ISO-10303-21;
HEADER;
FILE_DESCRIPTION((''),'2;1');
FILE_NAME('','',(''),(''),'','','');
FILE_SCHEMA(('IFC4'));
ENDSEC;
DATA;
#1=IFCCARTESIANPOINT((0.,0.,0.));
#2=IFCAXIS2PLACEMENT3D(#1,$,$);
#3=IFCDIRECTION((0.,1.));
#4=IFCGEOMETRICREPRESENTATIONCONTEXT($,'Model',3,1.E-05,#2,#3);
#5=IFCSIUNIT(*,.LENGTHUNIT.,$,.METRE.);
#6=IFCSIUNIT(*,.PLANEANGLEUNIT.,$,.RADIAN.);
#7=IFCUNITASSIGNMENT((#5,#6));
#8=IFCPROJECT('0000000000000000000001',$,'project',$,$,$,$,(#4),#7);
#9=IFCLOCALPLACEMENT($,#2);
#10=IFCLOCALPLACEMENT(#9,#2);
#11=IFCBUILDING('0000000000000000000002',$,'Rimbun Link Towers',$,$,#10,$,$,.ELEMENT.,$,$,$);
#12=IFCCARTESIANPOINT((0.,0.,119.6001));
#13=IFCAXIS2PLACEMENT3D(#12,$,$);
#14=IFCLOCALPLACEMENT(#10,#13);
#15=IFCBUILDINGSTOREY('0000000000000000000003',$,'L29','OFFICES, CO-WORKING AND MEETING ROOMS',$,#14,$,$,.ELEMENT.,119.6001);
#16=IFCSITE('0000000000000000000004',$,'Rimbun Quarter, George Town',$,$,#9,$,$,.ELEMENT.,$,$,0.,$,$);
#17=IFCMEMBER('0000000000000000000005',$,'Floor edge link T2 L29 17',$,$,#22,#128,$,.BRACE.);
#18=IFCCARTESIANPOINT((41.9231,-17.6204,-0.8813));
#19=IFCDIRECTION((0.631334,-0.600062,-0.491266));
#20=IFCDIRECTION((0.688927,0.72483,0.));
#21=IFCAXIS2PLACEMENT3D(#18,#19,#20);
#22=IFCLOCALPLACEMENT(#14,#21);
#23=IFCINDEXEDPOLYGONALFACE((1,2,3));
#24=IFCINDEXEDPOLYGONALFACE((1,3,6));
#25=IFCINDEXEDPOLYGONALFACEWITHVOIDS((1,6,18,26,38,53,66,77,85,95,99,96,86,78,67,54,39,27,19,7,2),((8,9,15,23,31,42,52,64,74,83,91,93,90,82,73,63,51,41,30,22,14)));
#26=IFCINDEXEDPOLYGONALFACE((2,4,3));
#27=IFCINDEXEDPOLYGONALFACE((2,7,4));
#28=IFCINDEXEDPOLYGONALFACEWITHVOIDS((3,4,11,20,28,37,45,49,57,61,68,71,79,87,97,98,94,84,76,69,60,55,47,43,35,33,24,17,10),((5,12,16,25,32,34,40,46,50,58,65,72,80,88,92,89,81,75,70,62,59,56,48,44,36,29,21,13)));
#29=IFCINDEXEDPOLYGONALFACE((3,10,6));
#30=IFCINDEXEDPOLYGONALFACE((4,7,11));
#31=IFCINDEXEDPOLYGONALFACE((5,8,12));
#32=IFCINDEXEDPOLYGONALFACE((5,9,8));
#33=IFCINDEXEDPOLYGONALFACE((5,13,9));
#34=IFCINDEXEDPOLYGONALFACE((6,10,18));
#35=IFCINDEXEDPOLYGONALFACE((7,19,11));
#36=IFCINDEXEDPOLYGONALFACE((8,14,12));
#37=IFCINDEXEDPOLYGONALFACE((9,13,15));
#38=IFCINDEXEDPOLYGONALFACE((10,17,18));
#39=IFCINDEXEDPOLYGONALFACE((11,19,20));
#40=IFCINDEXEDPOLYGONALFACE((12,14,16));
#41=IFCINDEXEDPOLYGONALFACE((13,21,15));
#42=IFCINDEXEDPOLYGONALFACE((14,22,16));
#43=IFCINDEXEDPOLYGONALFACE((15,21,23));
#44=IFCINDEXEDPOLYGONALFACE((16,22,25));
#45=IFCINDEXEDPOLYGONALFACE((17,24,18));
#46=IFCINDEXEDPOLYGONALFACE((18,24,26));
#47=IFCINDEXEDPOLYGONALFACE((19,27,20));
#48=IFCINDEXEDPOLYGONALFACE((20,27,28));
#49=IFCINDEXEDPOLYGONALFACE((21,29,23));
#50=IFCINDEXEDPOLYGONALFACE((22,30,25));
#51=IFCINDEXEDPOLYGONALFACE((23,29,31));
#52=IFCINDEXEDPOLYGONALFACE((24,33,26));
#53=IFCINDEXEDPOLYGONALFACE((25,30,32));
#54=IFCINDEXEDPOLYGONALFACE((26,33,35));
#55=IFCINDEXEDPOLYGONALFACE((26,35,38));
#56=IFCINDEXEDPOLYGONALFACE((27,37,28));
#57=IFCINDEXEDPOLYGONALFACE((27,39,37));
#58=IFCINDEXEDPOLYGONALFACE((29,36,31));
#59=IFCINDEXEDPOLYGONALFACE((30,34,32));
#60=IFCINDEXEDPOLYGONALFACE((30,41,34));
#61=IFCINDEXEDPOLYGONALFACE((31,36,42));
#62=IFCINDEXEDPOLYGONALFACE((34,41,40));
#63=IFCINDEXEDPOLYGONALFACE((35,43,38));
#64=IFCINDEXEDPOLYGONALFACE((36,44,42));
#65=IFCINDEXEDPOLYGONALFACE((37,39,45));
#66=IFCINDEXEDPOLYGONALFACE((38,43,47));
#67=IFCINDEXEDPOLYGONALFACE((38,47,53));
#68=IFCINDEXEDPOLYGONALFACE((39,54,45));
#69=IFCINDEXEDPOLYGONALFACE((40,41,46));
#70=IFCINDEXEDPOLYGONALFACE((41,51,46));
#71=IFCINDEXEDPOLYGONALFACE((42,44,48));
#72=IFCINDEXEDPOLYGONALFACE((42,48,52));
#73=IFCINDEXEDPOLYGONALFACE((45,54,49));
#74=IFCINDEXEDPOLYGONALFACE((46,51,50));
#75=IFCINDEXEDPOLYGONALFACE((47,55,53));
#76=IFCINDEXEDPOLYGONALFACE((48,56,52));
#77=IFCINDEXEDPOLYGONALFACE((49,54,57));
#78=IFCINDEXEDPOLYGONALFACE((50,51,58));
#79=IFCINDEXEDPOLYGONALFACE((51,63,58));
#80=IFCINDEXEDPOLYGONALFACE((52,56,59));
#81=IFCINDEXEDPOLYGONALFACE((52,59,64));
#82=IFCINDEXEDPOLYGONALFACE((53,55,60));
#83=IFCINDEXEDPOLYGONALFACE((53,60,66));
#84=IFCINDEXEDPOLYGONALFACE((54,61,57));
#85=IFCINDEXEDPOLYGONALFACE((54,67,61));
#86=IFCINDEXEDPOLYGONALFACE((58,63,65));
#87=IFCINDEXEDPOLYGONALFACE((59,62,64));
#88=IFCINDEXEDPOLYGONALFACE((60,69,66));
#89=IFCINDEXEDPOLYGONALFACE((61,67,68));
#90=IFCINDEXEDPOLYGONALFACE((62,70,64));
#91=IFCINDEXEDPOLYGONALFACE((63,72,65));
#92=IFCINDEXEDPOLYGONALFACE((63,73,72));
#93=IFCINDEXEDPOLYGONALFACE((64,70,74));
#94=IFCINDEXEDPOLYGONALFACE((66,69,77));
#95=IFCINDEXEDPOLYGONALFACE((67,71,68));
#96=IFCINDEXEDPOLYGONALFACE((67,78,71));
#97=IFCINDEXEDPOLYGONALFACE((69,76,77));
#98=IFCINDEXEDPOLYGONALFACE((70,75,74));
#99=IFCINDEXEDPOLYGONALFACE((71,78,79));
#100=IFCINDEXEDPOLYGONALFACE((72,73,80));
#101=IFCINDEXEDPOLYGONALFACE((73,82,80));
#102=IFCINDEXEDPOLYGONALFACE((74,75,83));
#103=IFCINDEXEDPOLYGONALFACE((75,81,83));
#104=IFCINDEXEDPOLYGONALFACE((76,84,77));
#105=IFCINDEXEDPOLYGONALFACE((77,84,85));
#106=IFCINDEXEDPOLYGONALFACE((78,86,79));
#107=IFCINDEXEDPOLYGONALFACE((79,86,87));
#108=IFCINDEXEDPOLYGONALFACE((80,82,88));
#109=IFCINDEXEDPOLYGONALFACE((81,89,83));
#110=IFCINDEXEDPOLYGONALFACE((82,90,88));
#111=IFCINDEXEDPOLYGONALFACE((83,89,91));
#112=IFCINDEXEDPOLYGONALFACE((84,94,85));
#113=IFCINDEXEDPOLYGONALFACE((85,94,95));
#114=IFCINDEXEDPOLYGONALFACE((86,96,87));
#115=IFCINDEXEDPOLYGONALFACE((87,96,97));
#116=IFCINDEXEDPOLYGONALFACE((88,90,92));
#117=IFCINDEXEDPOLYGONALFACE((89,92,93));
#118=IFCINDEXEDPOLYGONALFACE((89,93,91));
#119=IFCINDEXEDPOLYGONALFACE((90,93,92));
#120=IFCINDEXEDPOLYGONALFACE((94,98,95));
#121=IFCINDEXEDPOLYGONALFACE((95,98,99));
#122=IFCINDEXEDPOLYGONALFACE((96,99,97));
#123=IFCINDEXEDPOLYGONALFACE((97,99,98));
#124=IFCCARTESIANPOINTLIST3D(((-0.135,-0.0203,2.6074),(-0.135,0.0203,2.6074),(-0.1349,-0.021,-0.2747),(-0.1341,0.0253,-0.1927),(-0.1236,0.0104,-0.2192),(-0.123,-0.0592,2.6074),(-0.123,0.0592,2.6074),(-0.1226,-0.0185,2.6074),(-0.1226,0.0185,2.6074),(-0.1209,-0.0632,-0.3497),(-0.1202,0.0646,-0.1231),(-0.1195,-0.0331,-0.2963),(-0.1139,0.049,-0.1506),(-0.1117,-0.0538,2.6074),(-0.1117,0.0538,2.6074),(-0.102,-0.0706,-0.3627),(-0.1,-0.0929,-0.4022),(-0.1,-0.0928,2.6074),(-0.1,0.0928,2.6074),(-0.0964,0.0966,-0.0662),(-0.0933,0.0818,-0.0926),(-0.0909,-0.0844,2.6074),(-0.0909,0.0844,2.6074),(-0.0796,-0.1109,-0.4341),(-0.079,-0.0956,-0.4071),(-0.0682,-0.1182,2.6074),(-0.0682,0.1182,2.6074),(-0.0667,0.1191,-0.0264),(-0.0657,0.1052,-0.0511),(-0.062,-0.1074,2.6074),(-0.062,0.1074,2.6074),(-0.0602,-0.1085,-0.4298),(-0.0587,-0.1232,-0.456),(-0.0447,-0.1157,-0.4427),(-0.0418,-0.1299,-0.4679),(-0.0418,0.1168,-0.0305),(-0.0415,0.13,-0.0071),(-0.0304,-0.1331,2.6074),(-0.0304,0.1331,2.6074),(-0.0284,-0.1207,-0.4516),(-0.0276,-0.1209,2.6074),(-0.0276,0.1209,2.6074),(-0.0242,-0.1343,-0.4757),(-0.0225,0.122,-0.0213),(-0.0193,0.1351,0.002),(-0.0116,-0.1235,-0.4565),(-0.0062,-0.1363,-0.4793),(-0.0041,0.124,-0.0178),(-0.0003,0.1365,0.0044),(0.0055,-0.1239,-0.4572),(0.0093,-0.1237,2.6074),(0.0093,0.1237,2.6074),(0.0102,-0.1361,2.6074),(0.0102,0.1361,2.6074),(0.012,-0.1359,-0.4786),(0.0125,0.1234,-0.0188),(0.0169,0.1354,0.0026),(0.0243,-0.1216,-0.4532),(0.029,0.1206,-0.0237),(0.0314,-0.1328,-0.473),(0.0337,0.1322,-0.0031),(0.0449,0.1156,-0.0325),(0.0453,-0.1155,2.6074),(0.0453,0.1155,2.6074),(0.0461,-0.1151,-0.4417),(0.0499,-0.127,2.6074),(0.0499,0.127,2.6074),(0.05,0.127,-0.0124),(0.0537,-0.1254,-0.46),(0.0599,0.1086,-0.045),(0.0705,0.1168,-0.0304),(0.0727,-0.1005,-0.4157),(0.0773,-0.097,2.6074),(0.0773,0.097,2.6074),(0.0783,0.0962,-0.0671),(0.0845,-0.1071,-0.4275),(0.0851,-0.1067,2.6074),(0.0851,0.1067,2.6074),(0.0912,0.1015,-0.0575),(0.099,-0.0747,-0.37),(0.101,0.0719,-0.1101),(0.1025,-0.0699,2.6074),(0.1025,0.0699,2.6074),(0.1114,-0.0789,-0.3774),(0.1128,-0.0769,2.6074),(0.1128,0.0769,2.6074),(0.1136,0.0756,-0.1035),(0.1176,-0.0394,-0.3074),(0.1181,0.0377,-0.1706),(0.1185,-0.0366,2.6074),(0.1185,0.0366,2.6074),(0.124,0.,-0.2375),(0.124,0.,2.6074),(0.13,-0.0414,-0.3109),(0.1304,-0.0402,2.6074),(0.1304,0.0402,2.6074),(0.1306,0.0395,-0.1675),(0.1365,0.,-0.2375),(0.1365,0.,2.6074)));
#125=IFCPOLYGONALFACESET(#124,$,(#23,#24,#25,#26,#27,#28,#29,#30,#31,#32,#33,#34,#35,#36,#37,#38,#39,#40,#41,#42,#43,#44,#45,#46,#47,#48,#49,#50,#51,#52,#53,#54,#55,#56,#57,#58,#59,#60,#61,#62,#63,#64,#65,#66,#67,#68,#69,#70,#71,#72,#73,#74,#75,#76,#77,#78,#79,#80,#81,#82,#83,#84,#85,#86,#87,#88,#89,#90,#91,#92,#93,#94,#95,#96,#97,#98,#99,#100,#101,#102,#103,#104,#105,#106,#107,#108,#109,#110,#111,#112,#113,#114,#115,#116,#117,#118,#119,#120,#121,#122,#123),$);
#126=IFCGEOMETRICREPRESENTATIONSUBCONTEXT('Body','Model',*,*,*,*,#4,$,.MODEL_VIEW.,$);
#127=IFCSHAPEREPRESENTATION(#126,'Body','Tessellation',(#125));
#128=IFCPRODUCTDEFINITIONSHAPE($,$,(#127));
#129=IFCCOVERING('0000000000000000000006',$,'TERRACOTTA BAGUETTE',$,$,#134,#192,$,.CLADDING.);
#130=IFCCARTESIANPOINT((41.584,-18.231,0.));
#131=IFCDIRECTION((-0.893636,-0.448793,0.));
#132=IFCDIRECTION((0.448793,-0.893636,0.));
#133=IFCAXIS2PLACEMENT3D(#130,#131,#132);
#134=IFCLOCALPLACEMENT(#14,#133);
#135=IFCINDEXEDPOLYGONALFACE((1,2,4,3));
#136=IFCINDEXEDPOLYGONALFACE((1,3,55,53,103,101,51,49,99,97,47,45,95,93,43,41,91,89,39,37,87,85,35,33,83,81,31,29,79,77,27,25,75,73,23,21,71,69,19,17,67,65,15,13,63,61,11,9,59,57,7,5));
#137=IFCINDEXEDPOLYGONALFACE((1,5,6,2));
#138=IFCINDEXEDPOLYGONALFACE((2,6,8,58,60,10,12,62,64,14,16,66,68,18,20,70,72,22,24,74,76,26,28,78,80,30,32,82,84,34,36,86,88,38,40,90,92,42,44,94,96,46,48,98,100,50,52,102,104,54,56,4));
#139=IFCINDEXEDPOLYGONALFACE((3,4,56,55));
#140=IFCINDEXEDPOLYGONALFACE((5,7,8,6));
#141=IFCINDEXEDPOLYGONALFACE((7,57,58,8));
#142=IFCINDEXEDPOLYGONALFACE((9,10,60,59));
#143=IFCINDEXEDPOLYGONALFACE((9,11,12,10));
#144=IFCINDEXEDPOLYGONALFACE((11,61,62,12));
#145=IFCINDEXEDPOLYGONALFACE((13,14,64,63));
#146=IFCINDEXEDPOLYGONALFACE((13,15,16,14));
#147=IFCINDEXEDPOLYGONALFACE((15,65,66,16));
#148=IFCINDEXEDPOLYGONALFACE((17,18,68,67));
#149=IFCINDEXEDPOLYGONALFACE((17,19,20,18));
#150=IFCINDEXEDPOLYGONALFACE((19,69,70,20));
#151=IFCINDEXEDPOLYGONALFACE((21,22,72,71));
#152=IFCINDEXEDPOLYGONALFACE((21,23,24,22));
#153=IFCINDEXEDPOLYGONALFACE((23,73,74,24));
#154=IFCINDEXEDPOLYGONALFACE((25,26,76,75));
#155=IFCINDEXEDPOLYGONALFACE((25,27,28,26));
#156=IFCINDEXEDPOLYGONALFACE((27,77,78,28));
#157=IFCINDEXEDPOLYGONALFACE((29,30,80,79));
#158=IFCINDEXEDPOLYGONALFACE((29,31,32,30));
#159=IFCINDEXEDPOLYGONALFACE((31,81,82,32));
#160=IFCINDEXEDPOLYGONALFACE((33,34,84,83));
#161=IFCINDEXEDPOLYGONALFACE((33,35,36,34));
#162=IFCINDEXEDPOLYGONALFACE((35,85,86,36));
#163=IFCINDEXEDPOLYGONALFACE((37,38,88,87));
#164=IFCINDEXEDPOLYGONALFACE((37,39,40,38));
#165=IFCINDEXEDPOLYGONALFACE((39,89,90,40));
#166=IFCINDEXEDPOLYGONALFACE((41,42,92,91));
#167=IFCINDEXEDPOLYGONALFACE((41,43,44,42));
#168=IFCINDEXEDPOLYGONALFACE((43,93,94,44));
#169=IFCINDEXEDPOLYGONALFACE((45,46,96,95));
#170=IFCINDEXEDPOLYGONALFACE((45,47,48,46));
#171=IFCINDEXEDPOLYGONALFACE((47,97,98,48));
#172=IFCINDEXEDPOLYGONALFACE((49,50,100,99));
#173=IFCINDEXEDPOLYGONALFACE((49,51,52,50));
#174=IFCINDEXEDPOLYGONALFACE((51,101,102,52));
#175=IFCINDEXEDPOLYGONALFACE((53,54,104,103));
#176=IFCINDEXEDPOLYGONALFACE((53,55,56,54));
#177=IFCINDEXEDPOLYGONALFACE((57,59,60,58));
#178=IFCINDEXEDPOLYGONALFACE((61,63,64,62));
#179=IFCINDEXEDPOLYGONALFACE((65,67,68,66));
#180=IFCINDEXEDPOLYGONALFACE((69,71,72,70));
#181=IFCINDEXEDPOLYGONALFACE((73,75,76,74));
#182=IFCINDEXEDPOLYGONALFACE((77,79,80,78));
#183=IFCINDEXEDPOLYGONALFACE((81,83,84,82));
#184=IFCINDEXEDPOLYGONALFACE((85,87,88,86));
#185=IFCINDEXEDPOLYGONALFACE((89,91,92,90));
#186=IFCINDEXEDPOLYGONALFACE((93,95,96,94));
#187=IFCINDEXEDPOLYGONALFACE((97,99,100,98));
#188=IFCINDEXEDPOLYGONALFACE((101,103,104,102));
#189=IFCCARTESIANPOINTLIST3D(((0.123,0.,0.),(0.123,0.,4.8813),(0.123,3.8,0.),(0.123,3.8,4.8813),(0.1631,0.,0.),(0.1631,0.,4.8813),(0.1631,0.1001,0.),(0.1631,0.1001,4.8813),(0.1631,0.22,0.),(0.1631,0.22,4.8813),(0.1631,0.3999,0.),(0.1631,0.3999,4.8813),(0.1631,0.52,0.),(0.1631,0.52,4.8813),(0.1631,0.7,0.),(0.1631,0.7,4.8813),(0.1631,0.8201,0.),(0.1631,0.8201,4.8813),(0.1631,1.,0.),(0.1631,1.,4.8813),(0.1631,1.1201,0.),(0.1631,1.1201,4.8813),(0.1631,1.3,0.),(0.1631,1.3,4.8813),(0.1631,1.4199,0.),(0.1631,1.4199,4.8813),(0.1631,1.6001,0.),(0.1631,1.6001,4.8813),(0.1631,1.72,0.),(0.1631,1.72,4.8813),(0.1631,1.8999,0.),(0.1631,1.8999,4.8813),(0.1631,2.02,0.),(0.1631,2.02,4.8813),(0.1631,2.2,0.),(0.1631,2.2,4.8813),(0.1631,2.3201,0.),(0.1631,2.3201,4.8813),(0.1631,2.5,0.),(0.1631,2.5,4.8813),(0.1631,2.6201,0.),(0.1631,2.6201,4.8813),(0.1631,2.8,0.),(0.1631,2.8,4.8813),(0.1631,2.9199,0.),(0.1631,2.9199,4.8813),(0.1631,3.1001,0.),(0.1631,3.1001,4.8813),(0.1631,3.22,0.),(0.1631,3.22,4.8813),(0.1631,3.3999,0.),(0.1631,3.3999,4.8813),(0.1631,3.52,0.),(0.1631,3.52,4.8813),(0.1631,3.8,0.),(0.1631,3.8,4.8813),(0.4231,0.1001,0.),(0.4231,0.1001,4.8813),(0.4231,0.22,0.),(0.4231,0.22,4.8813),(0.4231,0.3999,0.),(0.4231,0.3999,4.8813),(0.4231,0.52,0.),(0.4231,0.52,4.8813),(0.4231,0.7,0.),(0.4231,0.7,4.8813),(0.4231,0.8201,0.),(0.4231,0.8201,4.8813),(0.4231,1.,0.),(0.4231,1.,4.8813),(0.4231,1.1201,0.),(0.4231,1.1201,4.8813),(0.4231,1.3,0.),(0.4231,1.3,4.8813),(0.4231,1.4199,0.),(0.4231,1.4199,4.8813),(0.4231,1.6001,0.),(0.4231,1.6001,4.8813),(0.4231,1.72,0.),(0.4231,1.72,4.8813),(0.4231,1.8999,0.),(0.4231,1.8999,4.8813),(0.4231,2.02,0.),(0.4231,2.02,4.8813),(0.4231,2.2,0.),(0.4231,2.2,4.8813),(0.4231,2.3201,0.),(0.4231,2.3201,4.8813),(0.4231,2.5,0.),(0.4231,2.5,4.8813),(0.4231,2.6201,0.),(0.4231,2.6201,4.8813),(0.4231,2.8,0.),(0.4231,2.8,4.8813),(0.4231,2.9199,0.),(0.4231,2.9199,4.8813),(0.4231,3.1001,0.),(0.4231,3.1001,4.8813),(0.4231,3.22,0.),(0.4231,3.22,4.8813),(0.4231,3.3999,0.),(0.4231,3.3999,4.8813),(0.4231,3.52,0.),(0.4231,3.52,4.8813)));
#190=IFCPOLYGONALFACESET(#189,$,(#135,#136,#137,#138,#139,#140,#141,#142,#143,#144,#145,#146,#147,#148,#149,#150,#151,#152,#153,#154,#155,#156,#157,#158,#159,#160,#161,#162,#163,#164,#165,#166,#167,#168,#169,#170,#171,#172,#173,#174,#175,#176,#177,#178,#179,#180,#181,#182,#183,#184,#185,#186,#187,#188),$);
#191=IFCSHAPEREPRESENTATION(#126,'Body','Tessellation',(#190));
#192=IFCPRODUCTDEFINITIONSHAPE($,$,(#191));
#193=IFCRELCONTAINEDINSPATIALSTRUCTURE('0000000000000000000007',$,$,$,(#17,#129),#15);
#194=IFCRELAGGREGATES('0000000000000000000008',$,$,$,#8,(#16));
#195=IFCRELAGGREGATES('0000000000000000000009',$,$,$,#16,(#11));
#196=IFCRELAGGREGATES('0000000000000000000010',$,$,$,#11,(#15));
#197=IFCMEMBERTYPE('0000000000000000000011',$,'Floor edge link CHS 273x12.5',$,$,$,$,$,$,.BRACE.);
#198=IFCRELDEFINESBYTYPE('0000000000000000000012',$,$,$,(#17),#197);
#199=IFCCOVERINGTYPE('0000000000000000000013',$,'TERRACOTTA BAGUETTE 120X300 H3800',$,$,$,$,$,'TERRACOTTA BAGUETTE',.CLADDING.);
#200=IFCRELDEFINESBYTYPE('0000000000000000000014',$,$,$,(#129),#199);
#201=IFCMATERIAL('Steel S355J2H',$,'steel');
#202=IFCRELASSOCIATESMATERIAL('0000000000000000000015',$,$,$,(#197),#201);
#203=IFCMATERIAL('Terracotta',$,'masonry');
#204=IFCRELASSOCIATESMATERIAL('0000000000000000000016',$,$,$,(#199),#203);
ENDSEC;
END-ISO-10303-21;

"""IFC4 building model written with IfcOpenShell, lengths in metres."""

from ifc_helpers import new_model, si_unit, direction, frame, origin, origin_2d, place, context, subcontext, project, spatial, polyline, hollow_circle, outline, extrude, clip, halfspace, material, material_profile, profile_set, type_object, element, save


model = new_model("IFC4")

# Units and contexts
model_context = context("Model", 3, precision=1e-05, world=origin(), true_north=direction((0.0, 1.0)))
body_context = subcontext(model_context, "Body", "Model", "MODEL_VIEW")
ifc_project = project(units=[si_unit("LENGTHUNIT", "METRE"), si_unit("PLANEANGLEUNIT", "RADIAN")], contexts=[model_context])

# Site, building, storey
site_placement = place(None, origin())
site = spatial("IfcSite", under=ifc_project, at=site_placement, Name="Rimbun Quarter, George Town", CompositionType="ELEMENT", RefElevation=0.0)
building_placement = place(site_placement, origin())
building = spatial("IfcBuilding", under=site, at=building_placement, Name="Rimbun Link Towers", CompositionType="ELEMENT")
storey_placement = place(building_placement, frame((0.0, 0.0, 119.6001)))
storey = spatial("IfcBuildingStorey", under=building, at=storey_placement, Name="L29", Description="OFFICES, CO-WORKING AND MEETING ROOMS", CompositionType="ELEMENT", Elevation=119.6001)

# Member
ifc_material_1 = material(Name="Steel S355J2H", Category="steel")
ifc_material_profile_1 = material_profile(ifc_material_1, hollow_circle(Radius=0.1365, WallThickness=0.0125, at=origin_2d()), Name="CHS 273x12.5")
ifc_profile_set_1 = profile_set([ifc_material_profile_1], Name="Steel S355J2H")
member_type_1 = type_object("IfcMemberType", Name="Floor edge link CHS 273x12.5", PredefinedType="BRACE", material=ifc_profile_set_1)
member_1_placement = place(storey_placement, frame((41.9231, -17.6204, -0.8813), z_axis=(0.631334, -0.600062, -0.491266), x_axis=(0.688927, 0.72483, 0.0)))
element("IfcMember", 1, at=member_1_placement, inside=storey, type_object=member_type_1, Name="Floor edge link T2 L29 17", PredefinedType="BRACE", context=body_context, shape_type="Clipping", body=[
    clip(extrude(hollow_circle(Radius=0.1365, WallThickness=0.0125, at=origin_2d()), frame((0.0, 0.0, -0.5044)), (0.0, 0.0, 1.0), 3.1118), halfspace(frame((0.0, 0.0, -0.2375), z_axis=(0.0, 0.871009, -0.491266)), False)),
])

# Covering
ifc_material_2 = material(Name="Terracotta", Category="masonry")
ifc_material_profile_2 = material_profile(ifc_material_2, outline(polyline([(0.123, 0.0), (0.1631, 0.0), (0.1631, 0.1001), (0.4231, 0.1001), (0.4231, 0.22), (0.1631, 0.22), (0.1631, 0.3999), (0.4231, 0.3999), (0.4231, 0.52), (0.1631, 0.52), (0.1631, 0.7), (0.4231, 0.7), (0.4231, 0.8201), (0.1631, 0.8201), (0.1631, 1.0), (0.4231, 1.0), (0.4231, 1.1201), (0.1631, 1.1201), (0.1631, 1.3), (0.4231, 1.3), (0.4231, 1.4199), (0.1631, 1.4199), (0.1631, 1.6001), (0.4231, 1.6001), (0.4231, 1.72), (0.1631, 1.72), (0.1631, 1.8999), (0.4231, 1.8999), (0.4231, 2.02), (0.1631, 2.02), (0.1631, 2.2), (0.4231, 2.2), (0.4231, 2.3201), (0.1631, 2.3201), (0.1631, 2.5), (0.4231, 2.5), (0.4231, 2.6201), (0.1631, 2.6201), (0.1631, 2.8), (0.4231, 2.8), (0.4231, 2.9199), (0.1631, 2.9199), (0.1631, 3.1001), (0.4231, 3.1001), (0.4231, 3.22), (0.1631, 3.22), (0.1631, 3.3999), (0.4231, 3.3999), (0.4231, 3.52), (0.1631, 3.52), (0.1631, 3.8), (0.123, 3.8), (0.123, 0.0)])), Name="BAGUETTE 120X300")
ifc_profile_set_2 = profile_set([ifc_material_profile_2], Name="Terracotta")
covering_type = type_object("IfcCoveringType", Name="TERRACOTTA BAGUETTE 120X300 H3800", ElementType="TERRACOTTA BAGUETTE", PredefinedType="CLADDING", material=ifc_profile_set_2)
covering_placement = place(storey_placement, frame((41.584, -18.231, 0.0), z_axis=(-0.893636, -0.448793, 0.0), x_axis=(0.448793, -0.893636, 0.0)))
element("IfcCovering", 2, at=covering_placement, inside=storey, type_object=covering_type, Name="TERRACOTTA BAGUETTE", PredefinedType="CLADDING", context=body_context, shape_type="SweptSolid", body=[
    extrude(outline(polyline([(0.123, 0.0), (0.1631, 0.0), (0.1631, 0.1001), (0.4231, 0.1001), (0.4231, 0.22), (0.1631, 0.22), (0.1631, 0.3999), (0.4231, 0.3999), (0.4231, 0.52), (0.1631, 0.52), (0.1631, 0.7), (0.4231, 0.7), (0.4231, 0.8201), (0.1631, 0.8201), (0.1631, 1.0), (0.4231, 1.0), (0.4231, 1.1201), (0.1631, 1.1201), (0.1631, 1.3), (0.4231, 1.3), (0.4231, 1.4199), (0.1631, 1.4199), (0.1631, 1.6001), (0.4231, 1.6001), (0.4231, 1.72), (0.1631, 1.72), (0.1631, 1.8999), (0.4231, 1.8999), (0.4231, 2.02), (0.1631, 2.02), (0.1631, 2.2), (0.4231, 2.2), (0.4231, 2.3201), (0.1631, 2.3201), (0.1631, 2.5), (0.4231, 2.5), (0.4231, 2.6201), (0.1631, 2.6201), (0.1631, 2.8), (0.4231, 2.8), (0.4231, 2.9199), (0.1631, 2.9199), (0.1631, 3.1001), (0.4231, 3.1001), (0.4231, 3.22), (0.1631, 3.22), (0.1631, 3.3999), (0.4231, 3.3999), (0.4231, 3.52), (0.1631, 3.52), (0.1631, 3.8), (0.123, 3.8), (0.123, 0.0)])), origin(), (0.0, 0.0, 1.0), 4.8813),
])

save(model, "model.ifc")
